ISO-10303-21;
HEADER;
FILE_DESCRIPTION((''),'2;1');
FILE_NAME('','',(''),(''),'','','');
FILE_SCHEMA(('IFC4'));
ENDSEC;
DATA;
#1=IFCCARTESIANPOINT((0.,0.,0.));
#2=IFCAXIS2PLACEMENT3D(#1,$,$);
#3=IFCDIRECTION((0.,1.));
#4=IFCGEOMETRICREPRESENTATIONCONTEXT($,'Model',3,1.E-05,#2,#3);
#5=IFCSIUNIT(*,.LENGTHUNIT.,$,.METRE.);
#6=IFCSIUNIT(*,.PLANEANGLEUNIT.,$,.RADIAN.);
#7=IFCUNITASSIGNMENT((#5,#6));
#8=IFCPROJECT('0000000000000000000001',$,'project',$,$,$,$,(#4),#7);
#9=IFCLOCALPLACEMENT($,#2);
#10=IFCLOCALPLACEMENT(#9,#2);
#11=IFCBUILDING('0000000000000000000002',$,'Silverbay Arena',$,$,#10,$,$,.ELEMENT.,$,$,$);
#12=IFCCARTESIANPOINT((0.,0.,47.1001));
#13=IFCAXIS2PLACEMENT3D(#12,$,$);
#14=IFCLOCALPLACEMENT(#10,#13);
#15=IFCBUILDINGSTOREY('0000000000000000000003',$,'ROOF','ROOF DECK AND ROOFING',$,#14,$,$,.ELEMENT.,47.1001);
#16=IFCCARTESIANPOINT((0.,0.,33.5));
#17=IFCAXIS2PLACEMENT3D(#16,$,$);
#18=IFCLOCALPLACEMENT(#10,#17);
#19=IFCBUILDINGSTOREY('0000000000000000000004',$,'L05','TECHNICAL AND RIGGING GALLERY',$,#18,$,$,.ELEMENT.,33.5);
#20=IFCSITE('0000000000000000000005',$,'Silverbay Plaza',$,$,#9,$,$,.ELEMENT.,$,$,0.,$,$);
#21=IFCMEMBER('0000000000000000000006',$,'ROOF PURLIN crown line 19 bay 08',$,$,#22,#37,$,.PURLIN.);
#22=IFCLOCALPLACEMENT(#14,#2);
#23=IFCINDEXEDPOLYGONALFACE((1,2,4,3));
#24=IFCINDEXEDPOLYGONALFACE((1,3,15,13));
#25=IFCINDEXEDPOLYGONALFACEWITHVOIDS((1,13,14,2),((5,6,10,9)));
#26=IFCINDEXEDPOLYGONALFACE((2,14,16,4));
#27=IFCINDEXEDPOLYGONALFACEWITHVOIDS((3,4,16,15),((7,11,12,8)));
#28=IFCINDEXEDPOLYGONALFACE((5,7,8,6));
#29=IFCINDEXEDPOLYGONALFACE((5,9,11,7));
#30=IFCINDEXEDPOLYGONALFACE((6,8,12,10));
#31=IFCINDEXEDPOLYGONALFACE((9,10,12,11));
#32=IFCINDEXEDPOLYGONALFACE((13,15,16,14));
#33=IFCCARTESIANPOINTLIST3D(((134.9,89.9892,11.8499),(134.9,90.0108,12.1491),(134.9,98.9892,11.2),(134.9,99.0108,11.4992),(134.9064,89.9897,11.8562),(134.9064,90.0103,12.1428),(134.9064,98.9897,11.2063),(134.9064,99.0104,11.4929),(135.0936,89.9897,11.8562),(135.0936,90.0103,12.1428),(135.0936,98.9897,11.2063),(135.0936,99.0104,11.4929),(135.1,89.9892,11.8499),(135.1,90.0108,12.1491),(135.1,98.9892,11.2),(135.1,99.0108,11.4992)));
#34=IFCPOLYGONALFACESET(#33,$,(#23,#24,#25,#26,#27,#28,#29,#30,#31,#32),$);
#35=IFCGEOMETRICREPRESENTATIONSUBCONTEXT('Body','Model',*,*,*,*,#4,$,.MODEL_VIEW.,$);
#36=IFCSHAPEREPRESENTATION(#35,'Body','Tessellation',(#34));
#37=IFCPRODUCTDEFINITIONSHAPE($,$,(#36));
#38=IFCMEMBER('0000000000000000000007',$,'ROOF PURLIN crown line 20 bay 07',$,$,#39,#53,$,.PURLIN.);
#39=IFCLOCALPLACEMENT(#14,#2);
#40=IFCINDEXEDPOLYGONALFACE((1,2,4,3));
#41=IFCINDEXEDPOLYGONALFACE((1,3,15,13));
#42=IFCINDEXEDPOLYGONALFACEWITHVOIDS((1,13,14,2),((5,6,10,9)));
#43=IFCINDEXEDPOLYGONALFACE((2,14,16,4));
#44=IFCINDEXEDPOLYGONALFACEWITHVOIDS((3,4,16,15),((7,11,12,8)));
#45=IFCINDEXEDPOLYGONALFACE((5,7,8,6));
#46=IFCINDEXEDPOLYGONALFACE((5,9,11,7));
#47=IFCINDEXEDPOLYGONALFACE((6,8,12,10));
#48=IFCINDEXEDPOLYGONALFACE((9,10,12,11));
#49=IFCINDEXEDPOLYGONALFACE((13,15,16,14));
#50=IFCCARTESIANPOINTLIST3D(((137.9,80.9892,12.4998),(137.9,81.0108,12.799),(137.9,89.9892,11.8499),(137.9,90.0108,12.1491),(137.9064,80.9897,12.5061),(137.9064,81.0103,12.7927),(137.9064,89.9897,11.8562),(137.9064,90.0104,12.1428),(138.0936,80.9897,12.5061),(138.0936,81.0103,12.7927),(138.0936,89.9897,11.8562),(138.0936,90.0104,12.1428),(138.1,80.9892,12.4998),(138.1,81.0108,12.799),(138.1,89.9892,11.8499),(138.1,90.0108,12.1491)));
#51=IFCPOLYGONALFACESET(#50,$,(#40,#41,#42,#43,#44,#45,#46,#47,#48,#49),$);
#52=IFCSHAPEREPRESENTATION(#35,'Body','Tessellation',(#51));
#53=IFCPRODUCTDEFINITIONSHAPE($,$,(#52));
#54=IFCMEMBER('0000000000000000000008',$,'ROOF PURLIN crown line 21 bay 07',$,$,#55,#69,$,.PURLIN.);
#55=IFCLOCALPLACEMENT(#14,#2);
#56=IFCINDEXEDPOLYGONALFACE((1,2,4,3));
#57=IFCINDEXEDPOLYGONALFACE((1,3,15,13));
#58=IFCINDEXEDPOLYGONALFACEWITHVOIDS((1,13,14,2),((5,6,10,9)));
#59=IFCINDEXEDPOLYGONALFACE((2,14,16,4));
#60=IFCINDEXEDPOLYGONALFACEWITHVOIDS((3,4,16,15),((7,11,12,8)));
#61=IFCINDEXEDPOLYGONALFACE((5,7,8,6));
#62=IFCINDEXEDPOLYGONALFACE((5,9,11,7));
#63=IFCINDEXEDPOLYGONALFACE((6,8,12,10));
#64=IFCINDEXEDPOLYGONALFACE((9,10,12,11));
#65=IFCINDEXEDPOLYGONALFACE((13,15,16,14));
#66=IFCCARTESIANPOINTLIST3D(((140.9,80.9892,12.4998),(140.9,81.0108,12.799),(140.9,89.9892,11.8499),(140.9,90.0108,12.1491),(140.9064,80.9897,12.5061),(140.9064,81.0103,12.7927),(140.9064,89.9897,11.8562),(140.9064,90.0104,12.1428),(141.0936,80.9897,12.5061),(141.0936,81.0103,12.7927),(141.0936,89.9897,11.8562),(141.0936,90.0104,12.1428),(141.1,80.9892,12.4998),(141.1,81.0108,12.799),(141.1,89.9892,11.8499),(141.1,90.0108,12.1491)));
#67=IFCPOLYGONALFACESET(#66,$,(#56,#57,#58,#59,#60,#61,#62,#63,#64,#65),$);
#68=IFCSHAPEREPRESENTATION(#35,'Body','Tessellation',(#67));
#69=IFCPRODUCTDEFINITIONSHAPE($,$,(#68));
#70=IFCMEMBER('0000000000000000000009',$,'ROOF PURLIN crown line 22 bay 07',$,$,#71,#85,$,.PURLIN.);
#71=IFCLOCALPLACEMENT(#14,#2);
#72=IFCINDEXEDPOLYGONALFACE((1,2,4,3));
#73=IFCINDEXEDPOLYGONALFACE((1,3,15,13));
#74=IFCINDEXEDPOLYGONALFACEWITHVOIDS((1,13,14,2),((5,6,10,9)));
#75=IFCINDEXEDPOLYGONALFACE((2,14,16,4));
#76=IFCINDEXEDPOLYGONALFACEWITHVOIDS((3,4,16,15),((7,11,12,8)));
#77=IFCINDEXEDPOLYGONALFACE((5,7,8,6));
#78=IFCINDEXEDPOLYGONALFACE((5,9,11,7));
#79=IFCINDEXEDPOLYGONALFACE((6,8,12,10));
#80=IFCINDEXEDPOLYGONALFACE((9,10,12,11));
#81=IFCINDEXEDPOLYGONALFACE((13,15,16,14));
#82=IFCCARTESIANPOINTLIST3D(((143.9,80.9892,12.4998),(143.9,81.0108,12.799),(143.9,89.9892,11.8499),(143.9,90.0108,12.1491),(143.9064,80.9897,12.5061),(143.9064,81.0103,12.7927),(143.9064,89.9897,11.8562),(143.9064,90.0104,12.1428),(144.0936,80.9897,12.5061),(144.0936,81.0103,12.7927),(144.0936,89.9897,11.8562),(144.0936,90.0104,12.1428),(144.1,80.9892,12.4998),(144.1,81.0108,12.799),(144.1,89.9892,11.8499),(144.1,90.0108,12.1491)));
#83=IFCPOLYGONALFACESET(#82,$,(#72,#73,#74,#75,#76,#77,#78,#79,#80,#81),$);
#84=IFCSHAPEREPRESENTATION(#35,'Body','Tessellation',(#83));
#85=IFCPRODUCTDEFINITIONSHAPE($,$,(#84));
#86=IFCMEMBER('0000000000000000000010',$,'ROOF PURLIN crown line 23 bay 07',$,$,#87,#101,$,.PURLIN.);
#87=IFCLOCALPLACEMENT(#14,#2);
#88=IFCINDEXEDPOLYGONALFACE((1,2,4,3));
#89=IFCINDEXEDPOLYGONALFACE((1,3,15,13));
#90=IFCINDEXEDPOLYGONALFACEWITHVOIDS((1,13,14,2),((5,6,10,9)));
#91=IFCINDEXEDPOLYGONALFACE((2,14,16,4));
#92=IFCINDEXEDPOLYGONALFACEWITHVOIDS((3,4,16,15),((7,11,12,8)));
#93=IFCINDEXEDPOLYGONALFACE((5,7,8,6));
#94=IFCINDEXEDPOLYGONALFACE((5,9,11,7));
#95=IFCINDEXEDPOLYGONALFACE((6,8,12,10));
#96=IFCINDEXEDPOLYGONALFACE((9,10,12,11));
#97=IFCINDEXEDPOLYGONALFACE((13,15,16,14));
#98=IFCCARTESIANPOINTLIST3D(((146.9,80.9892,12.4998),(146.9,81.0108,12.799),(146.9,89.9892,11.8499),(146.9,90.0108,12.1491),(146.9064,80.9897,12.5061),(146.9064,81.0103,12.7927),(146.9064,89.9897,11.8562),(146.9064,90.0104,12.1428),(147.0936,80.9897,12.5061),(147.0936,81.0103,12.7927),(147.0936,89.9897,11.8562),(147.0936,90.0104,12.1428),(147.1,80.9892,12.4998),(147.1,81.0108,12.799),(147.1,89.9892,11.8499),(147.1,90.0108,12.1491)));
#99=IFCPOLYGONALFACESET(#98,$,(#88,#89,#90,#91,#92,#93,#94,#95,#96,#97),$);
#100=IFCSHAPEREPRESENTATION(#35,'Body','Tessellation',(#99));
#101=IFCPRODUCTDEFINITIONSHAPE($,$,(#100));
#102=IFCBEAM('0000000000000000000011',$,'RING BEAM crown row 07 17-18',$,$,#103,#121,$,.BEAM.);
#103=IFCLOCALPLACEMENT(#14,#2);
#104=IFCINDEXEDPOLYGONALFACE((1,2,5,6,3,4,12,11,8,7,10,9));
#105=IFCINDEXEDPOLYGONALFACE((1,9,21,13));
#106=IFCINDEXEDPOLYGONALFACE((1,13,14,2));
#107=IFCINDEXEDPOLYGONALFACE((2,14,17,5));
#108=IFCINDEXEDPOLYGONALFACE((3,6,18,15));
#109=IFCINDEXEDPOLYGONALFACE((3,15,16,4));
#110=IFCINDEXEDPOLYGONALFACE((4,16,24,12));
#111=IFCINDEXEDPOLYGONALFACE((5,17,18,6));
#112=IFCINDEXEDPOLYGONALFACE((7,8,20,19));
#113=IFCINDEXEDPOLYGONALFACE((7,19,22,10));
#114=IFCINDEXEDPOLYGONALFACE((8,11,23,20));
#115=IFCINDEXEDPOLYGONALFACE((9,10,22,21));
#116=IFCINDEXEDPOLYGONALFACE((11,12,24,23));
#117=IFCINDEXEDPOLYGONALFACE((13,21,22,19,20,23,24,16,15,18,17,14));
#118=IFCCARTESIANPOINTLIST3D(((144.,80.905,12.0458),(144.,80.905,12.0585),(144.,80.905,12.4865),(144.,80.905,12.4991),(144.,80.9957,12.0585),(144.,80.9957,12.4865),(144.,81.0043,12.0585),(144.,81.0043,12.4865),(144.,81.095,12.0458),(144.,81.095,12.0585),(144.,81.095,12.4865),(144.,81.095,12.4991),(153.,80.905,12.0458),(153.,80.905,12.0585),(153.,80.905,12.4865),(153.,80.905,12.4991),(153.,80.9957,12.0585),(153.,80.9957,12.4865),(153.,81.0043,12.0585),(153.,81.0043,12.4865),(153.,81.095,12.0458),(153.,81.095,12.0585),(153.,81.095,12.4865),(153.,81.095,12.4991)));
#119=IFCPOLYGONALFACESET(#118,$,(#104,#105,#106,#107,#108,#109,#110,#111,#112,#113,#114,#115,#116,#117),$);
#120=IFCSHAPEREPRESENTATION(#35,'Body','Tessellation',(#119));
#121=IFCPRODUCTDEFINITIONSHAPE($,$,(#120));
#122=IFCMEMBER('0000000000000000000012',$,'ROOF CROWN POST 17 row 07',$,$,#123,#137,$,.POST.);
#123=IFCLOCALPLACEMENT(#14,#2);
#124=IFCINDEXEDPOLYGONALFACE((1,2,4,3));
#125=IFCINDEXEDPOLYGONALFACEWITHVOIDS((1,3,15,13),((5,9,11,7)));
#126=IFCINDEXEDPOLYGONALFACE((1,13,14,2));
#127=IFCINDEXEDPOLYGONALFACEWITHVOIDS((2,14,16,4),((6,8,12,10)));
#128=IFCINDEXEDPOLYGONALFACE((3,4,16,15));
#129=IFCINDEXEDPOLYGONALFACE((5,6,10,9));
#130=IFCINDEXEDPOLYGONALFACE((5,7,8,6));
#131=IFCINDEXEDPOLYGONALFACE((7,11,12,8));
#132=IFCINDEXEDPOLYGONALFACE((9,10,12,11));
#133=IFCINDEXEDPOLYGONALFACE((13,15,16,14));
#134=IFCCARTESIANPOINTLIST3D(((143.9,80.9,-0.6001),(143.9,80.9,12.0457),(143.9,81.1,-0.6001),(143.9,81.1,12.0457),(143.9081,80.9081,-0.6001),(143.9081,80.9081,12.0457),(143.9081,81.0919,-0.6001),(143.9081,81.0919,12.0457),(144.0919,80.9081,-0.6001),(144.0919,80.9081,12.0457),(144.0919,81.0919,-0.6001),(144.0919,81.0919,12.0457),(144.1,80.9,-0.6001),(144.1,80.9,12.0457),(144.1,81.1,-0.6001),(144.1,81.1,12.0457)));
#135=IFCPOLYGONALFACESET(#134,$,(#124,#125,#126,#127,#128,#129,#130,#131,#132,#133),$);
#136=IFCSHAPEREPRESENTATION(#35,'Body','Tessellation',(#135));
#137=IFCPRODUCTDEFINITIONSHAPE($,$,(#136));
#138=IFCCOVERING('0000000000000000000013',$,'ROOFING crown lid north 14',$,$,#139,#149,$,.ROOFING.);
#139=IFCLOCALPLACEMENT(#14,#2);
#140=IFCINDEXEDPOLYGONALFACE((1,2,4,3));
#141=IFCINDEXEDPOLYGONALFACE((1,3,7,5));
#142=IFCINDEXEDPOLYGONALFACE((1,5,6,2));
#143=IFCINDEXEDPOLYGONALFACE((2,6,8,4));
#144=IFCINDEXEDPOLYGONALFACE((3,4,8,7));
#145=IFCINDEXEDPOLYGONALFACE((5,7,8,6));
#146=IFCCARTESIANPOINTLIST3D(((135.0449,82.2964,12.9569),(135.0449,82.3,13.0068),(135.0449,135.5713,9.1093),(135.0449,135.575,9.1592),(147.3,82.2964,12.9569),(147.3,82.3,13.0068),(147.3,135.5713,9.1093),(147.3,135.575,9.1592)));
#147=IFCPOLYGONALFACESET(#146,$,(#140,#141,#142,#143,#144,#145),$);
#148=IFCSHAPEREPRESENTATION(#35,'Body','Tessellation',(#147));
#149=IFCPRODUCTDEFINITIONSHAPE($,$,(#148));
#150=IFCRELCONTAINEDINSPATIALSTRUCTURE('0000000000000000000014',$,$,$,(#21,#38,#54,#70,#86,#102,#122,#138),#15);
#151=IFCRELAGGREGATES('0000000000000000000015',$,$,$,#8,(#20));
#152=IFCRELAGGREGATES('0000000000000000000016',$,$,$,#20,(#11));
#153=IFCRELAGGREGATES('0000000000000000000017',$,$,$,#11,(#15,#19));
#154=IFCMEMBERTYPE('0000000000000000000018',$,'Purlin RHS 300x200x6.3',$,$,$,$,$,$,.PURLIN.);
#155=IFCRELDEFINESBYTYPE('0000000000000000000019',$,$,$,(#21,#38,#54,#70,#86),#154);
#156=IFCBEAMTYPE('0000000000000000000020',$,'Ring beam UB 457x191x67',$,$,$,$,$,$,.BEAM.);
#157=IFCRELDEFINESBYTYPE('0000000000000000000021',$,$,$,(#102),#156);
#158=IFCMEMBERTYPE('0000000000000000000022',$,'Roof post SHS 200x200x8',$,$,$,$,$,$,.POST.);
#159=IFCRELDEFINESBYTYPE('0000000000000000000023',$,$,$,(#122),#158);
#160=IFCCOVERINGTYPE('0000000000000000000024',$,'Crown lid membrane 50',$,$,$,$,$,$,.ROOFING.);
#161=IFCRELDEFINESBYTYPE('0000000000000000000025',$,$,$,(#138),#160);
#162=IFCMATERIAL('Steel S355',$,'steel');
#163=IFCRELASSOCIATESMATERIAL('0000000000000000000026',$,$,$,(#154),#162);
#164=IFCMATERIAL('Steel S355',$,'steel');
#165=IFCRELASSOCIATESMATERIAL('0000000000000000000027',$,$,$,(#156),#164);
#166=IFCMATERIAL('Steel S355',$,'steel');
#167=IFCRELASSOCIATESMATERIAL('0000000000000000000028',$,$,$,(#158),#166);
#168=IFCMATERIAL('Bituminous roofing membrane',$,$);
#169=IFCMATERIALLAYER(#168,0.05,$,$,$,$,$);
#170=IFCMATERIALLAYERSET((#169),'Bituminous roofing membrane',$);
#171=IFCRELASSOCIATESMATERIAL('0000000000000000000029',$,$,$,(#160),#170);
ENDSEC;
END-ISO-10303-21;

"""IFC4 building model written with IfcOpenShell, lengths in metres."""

from ifc_helpers import new_model, si_unit, direction, frame, origin, origin_2d, place, context, subcontext, project, spatial, polyline, hollow_rectangle, i_section, outline, extrude, material, layer, layer_set, material_profile, profile_set, type_object, element, save


model = new_model("IFC4")

# Units and contexts
model_context = context("Model", 3, precision=1e-05, world=origin(), true_north=direction((0.0, 1.0)))
body_context = subcontext(model_context, "Body", "Model", "MODEL_VIEW")
ifc_project = project(units=[si_unit("LENGTHUNIT", "METRE"), si_unit("PLANEANGLEUNIT", "RADIAN")], contexts=[model_context])

# Site, building, storey
site_placement = place(None, origin())
site = spatial("IfcSite", under=ifc_project, at=site_placement, Name="Silverbay Plaza", CompositionType="ELEMENT", RefElevation=0.0)
building_placement = place(site_placement, origin())
building = spatial("IfcBuilding", under=site, at=building_placement, Name="Silverbay Arena", CompositionType="ELEMENT")
storey_1_placement = place(building_placement, frame((0.0, 0.0, 47.1001)))
storey_1 = spatial("IfcBuildingStorey", under=building, at=storey_1_placement, Name="ROOF", Description="ROOF DECK AND ROOFING", CompositionType="ELEMENT", Elevation=47.1001)

# Members
ifc_material_1 = material(Name="Steel S355", Category="steel")
ifc_material_profile_1 = material_profile(ifc_material_1, hollow_rectangle(XDim=0.2, YDim=0.3, WallThickness=0.0063, at=origin_2d()), Name="RHS 300x200x6.3")
ifc_profile_set_1 = profile_set([ifc_material_profile_1], Name="Steel S355")
member_type_1 = type_object("IfcMemberType", Name="Purlin RHS 300x200x6.3", PredefinedType="PURLIN", material=ifc_profile_set_1)
for number, where, z_axis, x_axis, name in (
    (1, (135.0, 90.0, 11.9995), (0.0, 0.997403, -0.072024), (-1.0, 0.0, 0.0), "ROOF PURLIN crown line 19 bay 08"),
    (2, (138.0, 81.0, 12.6494), (0.0, 0.997403, -0.072024), (-1.0, 0.0, 0.0), "ROOF PURLIN crown line 20 bay 07"),
    (3, (141.0, 81.0, 12.6494), (0.0, 0.997403, -0.072024), (-1.0, 0.0, 0.0), "ROOF PURLIN crown line 21 bay 07"),
    (4, (144.0, 81.0, 12.6494), (0.0, 0.997403, -0.072024), (-1.0, 0.0, 0.0), "ROOF PURLIN crown line 22 bay 07"),
    (5, (147.0, 81.0, 12.6494), (0.0, 0.997403, -0.072024), (-1.0, 0.0, 0.0), "ROOF PURLIN crown line 23 bay 07"),
):
    element("IfcMember", number, at=place(storey_1_placement, frame(where, z_axis=z_axis, x_axis=x_axis)), inside=storey_1, type_object=member_type_1, Name=name, PredefinedType="PURLIN", context=body_context, shape_type="SweptSolid", body=[
        extrude(hollow_rectangle(XDim=0.2, YDim=0.3, WallThickness=0.0063, at=origin_2d()), origin(), (0.0, 0.0, 1.0), 9.0234),
    ])

# Beam
ifc_material_2 = material(Name="Steel S355", Category="steel")
ifc_material_profile_2 = material_profile(ifc_material_2, i_section(OverallWidth=0.1899, OverallDepth=0.4534, WebThickness=0.0085, FlangeThickness=0.0127, at=origin_2d()), Name="UB 457x191x67")
ifc_profile_set_2 = profile_set([ifc_material_profile_2], Name="Steel S355")
beam_type = type_object("IfcBeamType", Name="Ring beam UB 457x191x67", PredefinedType="BEAM", material=ifc_profile_set_2)
beam_placement = place(storey_1_placement, frame((144.0, 81.0, 12.2725), z_axis=(1.0, 0.0, 0.0), x_axis=(0.0, 1.0, 0.0)))
element("IfcBeam", 6, at=beam_placement, inside=storey_1, type_object=beam_type, Name="RING BEAM crown row 07 17-18", PredefinedType="BEAM", context=body_context, shape_type="SweptSolid", body=[
    extrude(i_section(OverallWidth=0.1899, OverallDepth=0.4534, WebThickness=0.0085, FlangeThickness=0.0127, at=origin_2d()), origin(), (0.0, 0.0, 1.0), 9.0),
])

# Member
ifc_material_3 = material(Name="Steel S355", Category="steel")
ifc_material_profile_3 = material_profile(ifc_material_3, hollow_rectangle(XDim=0.2, YDim=0.2, WallThickness=0.0081, at=origin_2d()), Name="SHS 200x200x8")
ifc_profile_set_3 = profile_set([ifc_material_profile_3], Name="Steel S355")
member_type_2 = type_object("IfcMemberType", Name="Roof post SHS 200x200x8", PredefinedType="POST", material=ifc_profile_set_3)
member_placement = place(storey_1_placement, frame((144.0, 81.0, -0.6001), z_axis=(0.0, 0.0, 1.0), x_axis=(1.0, 0.0, 0.0)))
element("IfcMember", 7, at=member_placement, inside=storey_1, type_object=member_type_2, Name="ROOF CROWN POST 17 row 07", PredefinedType="POST", context=body_context, shape_type="SweptSolid", body=[
    extrude(hollow_rectangle(XDim=0.2, YDim=0.2, WallThickness=0.0081, at=origin_2d()), origin(), (0.0, 0.0, 1.0), 12.6458),
])

# Shared definitions
storey_2_placement = place(building_placement, frame((0.0, 0.0, 33.5)))
storey_2 = spatial("IfcBuildingStorey", under=building, at=storey_2_placement, Name="L05", Description="TECHNICAL AND RIGGING GALLERY", CompositionType="ELEMENT", Elevation=33.5)

# Covering
ifc_material_4 = material(Name="Bituminous roofing membrane")
ifc_layer_1 = layer(ifc_material_4, 0.05)
ifc_layer_set_1 = layer_set([ifc_layer_1], Name="Bituminous roofing membrane")
covering_type = type_object("IfcCoveringType", Name="Crown lid membrane 50", PredefinedType="ROOFING", material=ifc_layer_set_1)
covering_placement = place(storey_1_placement, frame((135.0449, 82.3, 13.0068), z_axis=(0.0, 0.072035, 0.997402), x_axis=(1.0, 0.0, 0.0)))
element("IfcCovering", 8, at=covering_placement, inside=storey_1, type_object=covering_type, Name="ROOFING crown lid north 14", PredefinedType="ROOFING", context=body_context, shape_type="SweptSolid", body=[
    extrude(outline(polyline([(0.0, 0.0), (12.2551, 0.0), (12.2551, 53.4137), (0.0, 53.4137), (0.0, 0.0)])), origin(), (0.0, 0.0, -1.0), 0.05),
])

save(model, "model.ifc")
